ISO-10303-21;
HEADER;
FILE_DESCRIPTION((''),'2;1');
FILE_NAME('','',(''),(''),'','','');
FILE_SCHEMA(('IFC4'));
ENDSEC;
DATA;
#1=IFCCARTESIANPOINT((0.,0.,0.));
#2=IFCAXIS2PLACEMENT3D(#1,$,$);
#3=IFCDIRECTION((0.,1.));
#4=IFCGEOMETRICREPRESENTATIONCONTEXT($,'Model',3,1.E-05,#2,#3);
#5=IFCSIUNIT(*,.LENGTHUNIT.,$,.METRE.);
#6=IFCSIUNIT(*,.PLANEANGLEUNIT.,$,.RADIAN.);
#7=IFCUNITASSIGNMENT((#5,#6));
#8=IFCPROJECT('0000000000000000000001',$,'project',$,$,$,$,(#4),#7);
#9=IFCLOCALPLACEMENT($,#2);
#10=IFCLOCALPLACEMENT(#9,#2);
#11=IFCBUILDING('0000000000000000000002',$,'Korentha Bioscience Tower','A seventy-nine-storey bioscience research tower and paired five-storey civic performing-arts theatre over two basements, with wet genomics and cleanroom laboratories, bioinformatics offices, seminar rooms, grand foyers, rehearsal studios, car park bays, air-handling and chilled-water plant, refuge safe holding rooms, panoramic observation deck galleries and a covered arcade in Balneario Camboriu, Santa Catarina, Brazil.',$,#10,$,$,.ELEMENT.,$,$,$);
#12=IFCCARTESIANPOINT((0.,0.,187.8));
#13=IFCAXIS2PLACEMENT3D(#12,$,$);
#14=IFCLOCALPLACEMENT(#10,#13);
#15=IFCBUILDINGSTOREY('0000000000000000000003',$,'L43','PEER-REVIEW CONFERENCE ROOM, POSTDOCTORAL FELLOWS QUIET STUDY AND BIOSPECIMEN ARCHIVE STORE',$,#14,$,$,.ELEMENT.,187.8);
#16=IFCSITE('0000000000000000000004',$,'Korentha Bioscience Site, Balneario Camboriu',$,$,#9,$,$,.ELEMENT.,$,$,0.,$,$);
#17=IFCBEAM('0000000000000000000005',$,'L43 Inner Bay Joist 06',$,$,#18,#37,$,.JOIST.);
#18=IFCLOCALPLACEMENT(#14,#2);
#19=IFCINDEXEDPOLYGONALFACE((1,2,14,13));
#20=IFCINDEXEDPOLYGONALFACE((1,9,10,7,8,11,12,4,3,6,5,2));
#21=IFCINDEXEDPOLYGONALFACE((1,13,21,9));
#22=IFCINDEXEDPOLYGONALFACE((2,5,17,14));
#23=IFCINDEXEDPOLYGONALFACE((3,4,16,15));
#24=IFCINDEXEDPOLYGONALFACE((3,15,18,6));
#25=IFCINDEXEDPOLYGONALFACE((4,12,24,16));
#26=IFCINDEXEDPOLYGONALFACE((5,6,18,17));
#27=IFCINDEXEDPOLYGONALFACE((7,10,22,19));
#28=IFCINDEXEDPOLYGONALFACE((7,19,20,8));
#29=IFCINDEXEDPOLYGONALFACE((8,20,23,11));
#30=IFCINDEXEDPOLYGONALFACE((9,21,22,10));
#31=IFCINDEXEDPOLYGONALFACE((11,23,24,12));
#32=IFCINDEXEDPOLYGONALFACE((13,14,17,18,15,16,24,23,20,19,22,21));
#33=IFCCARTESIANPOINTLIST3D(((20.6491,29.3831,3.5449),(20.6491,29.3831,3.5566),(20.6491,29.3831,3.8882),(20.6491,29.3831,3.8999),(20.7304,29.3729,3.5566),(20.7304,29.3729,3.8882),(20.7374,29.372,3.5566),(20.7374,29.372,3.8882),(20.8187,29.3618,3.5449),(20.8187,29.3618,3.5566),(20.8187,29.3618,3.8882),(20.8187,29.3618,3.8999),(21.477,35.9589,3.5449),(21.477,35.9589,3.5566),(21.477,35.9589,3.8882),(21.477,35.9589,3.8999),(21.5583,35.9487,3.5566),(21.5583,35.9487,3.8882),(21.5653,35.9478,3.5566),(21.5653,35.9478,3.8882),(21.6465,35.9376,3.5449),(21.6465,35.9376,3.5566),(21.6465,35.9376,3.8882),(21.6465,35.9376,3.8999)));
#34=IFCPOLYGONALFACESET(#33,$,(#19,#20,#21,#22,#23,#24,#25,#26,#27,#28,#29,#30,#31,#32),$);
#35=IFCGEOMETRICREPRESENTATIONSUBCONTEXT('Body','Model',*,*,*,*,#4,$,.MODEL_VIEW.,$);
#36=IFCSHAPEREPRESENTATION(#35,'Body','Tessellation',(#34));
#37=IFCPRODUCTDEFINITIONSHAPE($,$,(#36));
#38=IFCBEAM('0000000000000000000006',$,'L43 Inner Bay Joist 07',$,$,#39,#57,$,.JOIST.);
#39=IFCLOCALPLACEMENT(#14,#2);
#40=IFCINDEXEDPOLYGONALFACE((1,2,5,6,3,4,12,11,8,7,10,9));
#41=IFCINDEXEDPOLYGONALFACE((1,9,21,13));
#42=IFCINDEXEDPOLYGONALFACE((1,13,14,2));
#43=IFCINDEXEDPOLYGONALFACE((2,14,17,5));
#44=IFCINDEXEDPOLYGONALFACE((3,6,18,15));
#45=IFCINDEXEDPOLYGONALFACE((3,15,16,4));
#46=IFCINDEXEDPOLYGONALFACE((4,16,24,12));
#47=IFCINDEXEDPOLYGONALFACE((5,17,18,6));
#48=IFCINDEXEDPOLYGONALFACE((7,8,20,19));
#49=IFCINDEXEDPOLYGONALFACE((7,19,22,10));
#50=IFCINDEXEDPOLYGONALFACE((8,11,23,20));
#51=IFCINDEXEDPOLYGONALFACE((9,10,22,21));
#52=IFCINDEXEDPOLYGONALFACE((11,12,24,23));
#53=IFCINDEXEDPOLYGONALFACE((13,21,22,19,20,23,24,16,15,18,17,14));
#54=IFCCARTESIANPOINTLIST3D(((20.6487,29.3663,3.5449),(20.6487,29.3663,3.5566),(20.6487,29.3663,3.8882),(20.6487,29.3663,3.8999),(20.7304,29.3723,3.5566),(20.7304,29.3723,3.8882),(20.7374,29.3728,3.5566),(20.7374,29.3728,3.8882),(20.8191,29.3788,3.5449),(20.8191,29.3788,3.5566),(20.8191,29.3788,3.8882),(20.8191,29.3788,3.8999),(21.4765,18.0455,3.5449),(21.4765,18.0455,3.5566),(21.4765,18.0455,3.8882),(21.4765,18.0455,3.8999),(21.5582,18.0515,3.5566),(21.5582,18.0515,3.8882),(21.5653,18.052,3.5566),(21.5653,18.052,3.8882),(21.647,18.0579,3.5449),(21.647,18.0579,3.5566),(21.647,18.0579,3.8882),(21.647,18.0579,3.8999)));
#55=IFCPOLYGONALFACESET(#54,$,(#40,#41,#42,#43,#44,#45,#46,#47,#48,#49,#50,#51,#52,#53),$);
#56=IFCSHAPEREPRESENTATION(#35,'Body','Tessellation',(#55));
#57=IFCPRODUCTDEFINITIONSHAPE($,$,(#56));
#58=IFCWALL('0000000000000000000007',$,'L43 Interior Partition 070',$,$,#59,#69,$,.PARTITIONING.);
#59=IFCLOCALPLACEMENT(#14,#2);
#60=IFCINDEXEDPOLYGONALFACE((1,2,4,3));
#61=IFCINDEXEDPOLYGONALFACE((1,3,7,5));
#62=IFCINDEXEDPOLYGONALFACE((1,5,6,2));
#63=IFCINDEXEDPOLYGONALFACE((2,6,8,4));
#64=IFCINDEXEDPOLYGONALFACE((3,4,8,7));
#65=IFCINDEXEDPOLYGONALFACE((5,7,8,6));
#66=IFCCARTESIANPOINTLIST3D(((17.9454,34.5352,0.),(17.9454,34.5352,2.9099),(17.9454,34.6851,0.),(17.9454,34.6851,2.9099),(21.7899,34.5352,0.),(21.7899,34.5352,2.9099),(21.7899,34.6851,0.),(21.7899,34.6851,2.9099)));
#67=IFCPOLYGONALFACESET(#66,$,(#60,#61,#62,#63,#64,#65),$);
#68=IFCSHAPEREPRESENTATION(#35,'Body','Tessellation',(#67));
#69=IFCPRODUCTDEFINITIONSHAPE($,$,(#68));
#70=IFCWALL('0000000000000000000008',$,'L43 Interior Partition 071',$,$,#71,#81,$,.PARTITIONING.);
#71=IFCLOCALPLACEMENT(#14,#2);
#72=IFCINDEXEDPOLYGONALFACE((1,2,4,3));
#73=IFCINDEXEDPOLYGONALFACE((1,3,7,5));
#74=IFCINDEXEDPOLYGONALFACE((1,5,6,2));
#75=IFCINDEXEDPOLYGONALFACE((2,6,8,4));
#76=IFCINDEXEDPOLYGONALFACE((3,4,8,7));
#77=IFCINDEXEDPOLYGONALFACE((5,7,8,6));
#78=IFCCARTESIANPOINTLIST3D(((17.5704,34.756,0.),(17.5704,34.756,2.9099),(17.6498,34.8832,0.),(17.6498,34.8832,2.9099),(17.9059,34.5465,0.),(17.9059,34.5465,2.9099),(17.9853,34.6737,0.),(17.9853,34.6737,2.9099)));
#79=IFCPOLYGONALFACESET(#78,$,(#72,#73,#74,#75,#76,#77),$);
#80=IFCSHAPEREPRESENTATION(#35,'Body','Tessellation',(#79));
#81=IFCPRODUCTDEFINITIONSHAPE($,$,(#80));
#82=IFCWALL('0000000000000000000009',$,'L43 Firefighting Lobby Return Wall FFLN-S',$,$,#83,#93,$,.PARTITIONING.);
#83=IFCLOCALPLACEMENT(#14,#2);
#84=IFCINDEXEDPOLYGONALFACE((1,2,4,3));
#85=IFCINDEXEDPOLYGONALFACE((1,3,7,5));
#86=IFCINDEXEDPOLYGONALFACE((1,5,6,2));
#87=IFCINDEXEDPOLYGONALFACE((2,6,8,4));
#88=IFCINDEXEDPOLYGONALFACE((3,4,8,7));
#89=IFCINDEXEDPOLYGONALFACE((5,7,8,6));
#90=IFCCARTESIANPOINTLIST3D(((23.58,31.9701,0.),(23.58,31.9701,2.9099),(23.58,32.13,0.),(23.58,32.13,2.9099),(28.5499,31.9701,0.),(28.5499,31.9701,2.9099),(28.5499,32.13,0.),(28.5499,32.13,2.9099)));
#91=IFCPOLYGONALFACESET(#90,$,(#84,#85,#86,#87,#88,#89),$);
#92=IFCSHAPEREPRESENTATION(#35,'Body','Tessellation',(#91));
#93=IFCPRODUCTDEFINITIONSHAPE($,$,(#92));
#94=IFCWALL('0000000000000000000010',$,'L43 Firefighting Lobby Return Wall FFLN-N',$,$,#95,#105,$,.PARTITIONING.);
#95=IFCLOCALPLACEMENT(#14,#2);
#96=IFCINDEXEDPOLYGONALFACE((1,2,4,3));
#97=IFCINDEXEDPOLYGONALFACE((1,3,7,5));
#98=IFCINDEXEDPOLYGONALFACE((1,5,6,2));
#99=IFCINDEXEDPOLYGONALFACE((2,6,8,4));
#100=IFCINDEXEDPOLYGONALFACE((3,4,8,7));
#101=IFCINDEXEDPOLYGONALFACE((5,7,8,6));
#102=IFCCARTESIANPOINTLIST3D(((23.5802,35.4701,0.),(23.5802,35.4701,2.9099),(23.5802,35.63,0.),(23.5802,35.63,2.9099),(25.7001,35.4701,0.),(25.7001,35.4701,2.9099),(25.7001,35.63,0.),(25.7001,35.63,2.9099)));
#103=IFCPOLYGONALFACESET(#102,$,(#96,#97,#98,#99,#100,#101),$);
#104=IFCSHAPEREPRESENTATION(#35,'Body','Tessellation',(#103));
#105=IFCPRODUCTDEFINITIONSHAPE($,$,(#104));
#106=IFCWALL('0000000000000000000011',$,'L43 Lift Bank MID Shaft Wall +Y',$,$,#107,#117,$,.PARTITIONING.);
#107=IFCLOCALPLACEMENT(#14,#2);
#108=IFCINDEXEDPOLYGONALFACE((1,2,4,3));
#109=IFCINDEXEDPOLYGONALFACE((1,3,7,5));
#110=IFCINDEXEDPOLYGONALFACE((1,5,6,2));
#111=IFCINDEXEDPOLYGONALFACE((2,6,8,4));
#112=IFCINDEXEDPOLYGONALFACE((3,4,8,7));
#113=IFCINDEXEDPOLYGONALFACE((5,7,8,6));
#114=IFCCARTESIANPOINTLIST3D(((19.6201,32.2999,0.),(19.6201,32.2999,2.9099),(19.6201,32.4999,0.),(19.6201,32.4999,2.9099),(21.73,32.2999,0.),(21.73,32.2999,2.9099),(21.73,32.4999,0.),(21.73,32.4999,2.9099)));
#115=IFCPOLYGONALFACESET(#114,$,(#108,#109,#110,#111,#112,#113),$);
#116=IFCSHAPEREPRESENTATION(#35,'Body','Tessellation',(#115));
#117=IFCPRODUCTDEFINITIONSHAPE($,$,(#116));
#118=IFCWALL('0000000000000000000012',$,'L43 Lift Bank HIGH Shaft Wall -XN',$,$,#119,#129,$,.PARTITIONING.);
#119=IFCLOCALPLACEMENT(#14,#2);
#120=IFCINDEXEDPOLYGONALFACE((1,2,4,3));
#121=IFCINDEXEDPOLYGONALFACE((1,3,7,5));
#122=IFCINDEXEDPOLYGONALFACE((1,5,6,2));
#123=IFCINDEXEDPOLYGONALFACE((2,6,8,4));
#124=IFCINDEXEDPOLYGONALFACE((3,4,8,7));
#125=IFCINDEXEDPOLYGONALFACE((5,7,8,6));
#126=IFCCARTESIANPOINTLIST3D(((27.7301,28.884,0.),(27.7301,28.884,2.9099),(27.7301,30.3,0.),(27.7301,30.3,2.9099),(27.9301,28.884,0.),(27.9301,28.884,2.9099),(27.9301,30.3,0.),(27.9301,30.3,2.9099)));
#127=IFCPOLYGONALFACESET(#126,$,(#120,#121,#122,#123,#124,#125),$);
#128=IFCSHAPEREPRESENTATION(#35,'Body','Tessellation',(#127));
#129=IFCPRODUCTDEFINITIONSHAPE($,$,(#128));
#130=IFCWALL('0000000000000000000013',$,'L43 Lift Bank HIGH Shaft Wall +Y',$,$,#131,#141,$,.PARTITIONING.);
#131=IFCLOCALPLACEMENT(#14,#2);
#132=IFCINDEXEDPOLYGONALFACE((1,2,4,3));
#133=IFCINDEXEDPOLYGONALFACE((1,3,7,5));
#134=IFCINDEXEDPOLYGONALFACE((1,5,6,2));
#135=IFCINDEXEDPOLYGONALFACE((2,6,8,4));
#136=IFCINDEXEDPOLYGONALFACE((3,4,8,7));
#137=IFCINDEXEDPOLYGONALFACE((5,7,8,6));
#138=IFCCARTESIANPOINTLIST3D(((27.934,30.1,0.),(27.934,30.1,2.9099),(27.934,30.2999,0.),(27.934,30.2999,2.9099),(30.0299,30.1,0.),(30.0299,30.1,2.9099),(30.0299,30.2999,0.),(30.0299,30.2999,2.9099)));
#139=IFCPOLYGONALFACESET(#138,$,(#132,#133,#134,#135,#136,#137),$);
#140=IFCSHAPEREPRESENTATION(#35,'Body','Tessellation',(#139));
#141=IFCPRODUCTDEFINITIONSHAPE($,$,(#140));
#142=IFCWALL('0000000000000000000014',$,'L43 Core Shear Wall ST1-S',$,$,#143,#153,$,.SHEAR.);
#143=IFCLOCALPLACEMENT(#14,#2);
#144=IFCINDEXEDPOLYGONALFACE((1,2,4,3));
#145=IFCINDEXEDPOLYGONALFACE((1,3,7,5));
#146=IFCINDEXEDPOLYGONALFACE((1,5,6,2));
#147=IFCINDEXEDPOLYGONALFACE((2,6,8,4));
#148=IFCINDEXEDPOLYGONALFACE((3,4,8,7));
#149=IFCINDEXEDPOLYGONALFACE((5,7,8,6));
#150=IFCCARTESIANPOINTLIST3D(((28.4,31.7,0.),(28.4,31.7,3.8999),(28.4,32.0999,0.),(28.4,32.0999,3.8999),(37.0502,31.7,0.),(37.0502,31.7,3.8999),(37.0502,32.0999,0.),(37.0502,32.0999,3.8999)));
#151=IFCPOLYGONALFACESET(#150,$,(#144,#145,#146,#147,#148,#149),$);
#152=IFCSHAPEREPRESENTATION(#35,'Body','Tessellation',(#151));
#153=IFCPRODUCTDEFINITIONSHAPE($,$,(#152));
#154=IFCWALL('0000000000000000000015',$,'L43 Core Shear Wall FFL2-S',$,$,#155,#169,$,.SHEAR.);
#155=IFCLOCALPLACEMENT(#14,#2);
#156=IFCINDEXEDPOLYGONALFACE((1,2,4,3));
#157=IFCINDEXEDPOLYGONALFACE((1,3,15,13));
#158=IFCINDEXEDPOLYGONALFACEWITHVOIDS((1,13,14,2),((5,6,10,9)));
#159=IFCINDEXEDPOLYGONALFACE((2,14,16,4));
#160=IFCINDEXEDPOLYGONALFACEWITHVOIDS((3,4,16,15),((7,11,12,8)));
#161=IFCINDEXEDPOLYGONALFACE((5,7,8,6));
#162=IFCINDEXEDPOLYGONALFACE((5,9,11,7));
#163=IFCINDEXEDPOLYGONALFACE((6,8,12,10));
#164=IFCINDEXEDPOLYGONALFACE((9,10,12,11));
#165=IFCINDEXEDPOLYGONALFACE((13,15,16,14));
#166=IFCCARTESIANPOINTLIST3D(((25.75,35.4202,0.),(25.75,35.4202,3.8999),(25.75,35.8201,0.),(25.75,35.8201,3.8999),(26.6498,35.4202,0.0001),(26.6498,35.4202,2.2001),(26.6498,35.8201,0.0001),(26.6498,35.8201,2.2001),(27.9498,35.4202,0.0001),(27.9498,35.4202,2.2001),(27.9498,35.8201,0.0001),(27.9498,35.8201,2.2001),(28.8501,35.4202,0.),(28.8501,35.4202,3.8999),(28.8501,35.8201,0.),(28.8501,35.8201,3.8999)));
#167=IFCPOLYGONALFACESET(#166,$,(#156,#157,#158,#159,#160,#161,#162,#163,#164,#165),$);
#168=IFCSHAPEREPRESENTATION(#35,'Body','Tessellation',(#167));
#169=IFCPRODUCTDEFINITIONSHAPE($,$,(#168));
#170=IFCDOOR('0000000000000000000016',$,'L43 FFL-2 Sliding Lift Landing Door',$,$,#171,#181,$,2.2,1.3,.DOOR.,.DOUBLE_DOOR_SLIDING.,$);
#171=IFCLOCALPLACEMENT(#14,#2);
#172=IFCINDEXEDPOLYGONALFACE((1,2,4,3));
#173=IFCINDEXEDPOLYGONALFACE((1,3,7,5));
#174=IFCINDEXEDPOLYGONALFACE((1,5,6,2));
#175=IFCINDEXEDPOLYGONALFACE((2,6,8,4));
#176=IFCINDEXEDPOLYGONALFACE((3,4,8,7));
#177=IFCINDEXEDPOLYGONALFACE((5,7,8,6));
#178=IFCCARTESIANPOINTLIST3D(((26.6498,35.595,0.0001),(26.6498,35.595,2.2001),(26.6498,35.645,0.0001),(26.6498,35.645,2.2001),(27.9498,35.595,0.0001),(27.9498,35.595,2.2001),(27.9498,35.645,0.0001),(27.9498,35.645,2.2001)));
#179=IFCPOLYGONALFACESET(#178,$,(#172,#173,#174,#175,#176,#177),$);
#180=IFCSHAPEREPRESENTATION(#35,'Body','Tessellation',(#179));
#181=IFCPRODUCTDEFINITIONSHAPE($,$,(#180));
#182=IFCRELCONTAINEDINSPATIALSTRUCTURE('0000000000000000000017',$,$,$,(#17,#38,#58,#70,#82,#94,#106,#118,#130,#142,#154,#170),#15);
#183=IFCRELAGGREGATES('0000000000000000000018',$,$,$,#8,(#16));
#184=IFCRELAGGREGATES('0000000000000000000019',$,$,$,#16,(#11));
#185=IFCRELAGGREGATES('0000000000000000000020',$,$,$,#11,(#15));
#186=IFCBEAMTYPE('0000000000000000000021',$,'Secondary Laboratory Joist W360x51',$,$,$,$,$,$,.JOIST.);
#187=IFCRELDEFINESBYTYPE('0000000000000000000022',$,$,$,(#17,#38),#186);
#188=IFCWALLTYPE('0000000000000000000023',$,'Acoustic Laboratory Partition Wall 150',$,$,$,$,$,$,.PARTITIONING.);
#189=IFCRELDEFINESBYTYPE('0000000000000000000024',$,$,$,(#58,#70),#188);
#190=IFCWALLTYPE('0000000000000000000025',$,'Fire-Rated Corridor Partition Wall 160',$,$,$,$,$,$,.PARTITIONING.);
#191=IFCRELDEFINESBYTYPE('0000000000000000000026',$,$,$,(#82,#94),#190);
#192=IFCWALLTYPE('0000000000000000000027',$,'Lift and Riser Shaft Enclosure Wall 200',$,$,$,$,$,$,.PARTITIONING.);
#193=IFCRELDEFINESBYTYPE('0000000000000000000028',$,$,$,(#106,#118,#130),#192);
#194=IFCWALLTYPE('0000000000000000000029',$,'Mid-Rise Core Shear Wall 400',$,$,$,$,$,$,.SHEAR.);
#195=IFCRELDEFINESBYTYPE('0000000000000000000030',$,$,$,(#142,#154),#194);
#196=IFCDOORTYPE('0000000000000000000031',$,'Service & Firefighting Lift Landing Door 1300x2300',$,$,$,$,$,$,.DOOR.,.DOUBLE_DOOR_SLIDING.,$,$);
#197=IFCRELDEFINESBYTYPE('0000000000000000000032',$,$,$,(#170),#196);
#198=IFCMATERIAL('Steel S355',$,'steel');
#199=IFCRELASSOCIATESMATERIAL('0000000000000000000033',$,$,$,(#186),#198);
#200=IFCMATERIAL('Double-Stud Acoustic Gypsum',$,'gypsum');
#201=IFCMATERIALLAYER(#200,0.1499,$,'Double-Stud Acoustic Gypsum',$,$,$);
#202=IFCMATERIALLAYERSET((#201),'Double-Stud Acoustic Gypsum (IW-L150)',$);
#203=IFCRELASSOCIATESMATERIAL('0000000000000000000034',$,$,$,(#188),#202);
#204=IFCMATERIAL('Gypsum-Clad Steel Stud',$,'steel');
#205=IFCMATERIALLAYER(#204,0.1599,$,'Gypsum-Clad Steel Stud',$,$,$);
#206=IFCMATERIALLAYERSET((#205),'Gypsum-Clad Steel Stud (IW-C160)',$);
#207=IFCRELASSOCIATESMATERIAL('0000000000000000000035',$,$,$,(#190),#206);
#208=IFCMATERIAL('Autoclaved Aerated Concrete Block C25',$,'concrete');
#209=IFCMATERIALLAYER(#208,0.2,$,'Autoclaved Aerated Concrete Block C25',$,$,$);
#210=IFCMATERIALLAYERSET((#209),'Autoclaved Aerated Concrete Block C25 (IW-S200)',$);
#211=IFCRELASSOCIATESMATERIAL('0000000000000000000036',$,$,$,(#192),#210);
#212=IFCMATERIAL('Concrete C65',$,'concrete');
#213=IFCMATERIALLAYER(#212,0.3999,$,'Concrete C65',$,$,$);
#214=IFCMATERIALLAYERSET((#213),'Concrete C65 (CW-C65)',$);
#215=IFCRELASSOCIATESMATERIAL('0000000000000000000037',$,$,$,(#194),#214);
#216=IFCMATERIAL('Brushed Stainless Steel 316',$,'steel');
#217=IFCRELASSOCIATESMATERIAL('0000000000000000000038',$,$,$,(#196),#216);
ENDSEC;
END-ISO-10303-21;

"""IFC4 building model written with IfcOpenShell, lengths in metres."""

from ifc_helpers import new_model, si_unit, direction, frame, frame_2d, origin, origin_2d, place, context, subcontext, project, spatial, rectangle, i_section, extrude, material, layer, layer_set, material_profile, profile_set, type_object, element, fill, save


model = new_model("IFC4")

# Units and contexts
model_context = context("Model", 3, precision=1e-05, world=origin(), true_north=direction((0.0, 1.0)))
body_context = subcontext(model_context, "Body", "Model", "MODEL_VIEW")
ifc_project = project(units=[si_unit("LENGTHUNIT", "METRE"), si_unit("PLANEANGLEUNIT", "RADIAN")], contexts=[model_context])

# Site, building, storey
site_placement = place(None, origin())
site = spatial("IfcSite", under=ifc_project, at=site_placement, Name="Korentha Bioscience Site, Balneario Camboriu", CompositionType="ELEMENT", RefElevation=0.0)
building_placement = place(site_placement, origin())
building = spatial("IfcBuilding", under=site, at=building_placement, Name="Korentha Bioscience Tower", Description="A seventy-nine-storey bioscience research tower and paired five-storey civic performing-arts theatre over two basements, with wet genomics and cleanroom laboratories, bioinformatics offices, seminar rooms, grand foyers, rehearsal studios, car park bays, air-handling and chilled-water plant, refuge safe holding rooms, panoramic observation deck galleries and a covered arcade in Balneario Camboriu, Santa Catarina, Brazil.", CompositionType="ELEMENT")
storey_placement = place(building_placement, frame((0.0, 0.0, 187.8)))
storey = spatial("IfcBuildingStorey", under=building, at=storey_placement, Name="L43", Description="PEER-REVIEW CONFERENCE ROOM, POSTDOCTORAL FELLOWS QUIET STUDY AND BIOSPECIMEN ARCHIVE STORE", CompositionType="ELEMENT", Elevation=187.8)

# Shared definitions
ifc_material_1 = material(Name="Concrete C65", Category="concrete")

# Beams
ifc_material_2 = material(Name="Steel S355", Category="steel")
ifc_material_profile_1 = material_profile(ifc_material_2, i_section(OverallWidth=0.1709, OverallDepth=0.355, WebThickness=0.0071, FlangeThickness=0.0117, at=origin_2d()), Name="Steel S355")
ifc_profile_set_1 = profile_set([ifc_material_profile_1], Name="Steel S355 (JB-360)")
beam_type_1 = type_object("IfcBeamType", Name="Secondary Laboratory Joist W360x51", PredefinedType="JOIST", material=ifc_profile_set_1)
beam_1_placement = place(storey_placement, frame((21.5618, 35.9482, 3.7224), z_axis=(-0.124914, -0.992168, 0.0), x_axis=(0.992168, -0.124914, 0.0)))
element("IfcBeam", 1, at=beam_1_placement, inside=storey, type_object=beam_type_1, Name="L43 Inner Bay Joist 06", PredefinedType="JOIST", context=body_context, shape_type="SweptSolid", body=[
    extrude(i_section(OverallWidth=0.1709, OverallDepth=0.355, WebThickness=0.0071, FlangeThickness=0.0117, at=origin_2d()), origin(), (0.0, 0.0, 1.0), 6.6277),
])
beam_2_placement = place(storey_placement, frame((20.7339, 29.3726, 3.7224), z_axis=(0.072934, -0.997337, 0.0), x_axis=(0.997337, 0.072934, 0.0)))
element("IfcBeam", 2, at=beam_2_placement, inside=storey, type_object=beam_type_1, Name="L43 Inner Bay Joist 07", PredefinedType="JOIST", context=body_context, shape_type="SweptSolid", body=[
    extrude(i_section(OverallWidth=0.1709, OverallDepth=0.355, WebThickness=0.0071, FlangeThickness=0.0117, at=origin_2d()), origin(), (0.0, 0.0, 1.0), 11.3511),
])

# Walls
ifc_material_3 = material(Name="Double-Stud Acoustic Gypsum", Category="gypsum")
ifc_layer_1 = layer(ifc_material_3, 0.1499, Name="Double-Stud Acoustic Gypsum")
ifc_layer_set_1 = layer_set([ifc_layer_1], Name="Double-Stud Acoustic Gypsum (IW-L150)")
wall_type_1 = type_object("IfcWallType", Name="Acoustic Laboratory Partition Wall 150", PredefinedType="PARTITIONING", material=ifc_layer_set_1)
wall_1_placement = place(storey_placement, frame((21.79, 34.6101, 0.0), z_axis=(0.0, 0.0, 1.0), x_axis=(-1.0, 0.0, 0.0)))
element("IfcWall", 3, at=wall_1_placement, inside=storey, type_object=wall_type_1, Name="L43 Interior Partition 070", PredefinedType="PARTITIONING", context=body_context, shape_type="SweptSolid", body=[
    extrude(rectangle(XDim=3.8445, YDim=0.1499, at=frame_2d((1.9224, 0.0))), origin(), (0.0, 0.0, 1.0), 2.9099),
])
wall_2_placement = place(storey_placement, frame((17.9456, 34.6101, 0.0), z_axis=(0.0, 0.0, 1.0), x_axis=(-0.848206, 0.529666, 0.0)))
element("IfcWall", 4, at=wall_2_placement, inside=storey, type_object=wall_type_1, Name="L43 Interior Partition 071", PredefinedType="PARTITIONING", context=body_context, shape_type="SweptSolid", body=[
    extrude(rectangle(XDim=0.3955, YDim=0.1499, at=frame_2d((0.1978, 0.0))), origin(), (0.0, 0.0, 1.0), 2.9099),
])

# Shared definitions
ifc_material_4 = material(Name="Gypsum-Clad Steel Stud", Category="steel")
ifc_layer_2 = layer(ifc_material_4, 0.1599, Name="Gypsum-Clad Steel Stud")
ifc_layer_set_2 = layer_set([ifc_layer_2], Name="Gypsum-Clad Steel Stud (IW-C160)")
wall_type_2 = type_object("IfcWallType", Name="Fire-Rated Corridor Partition Wall 160", PredefinedType="PARTITIONING", material=ifc_layer_set_2)

# Walls
wall_3_placement = place(storey_placement, frame((23.5801, 32.05, 0.0), z_axis=(0.0, 0.0, 1.0), x_axis=(1.0, 0.0, 0.0)))
element("IfcWall", 5, at=wall_3_placement, inside=storey, type_object=wall_type_2, Name="L43 Firefighting Lobby Return Wall FFLN-S", PredefinedType="PARTITIONING", context=body_context, shape_type="SweptSolid", body=[
    extrude(rectangle(XDim=4.97, YDim=0.1599, at=frame_2d((2.4849, 0.0))), origin(), (0.0, 0.0, 1.0), 2.9099),
])
wall_4_placement = place(storey_placement, frame((23.5801, 35.55, 0.0), z_axis=(0.0, 0.0, 1.0), x_axis=(1.0, 0.0, 0.0)))
element("IfcWall", 6, at=wall_4_placement, inside=storey, type_object=wall_type_2, Name="L43 Firefighting Lobby Return Wall FFLN-N", PredefinedType="PARTITIONING", context=body_context, shape_type="SweptSolid", body=[
    extrude(rectangle(XDim=2.1199, YDim=0.1599, at=frame_2d((1.0601, 0.0))), origin(), (0.0, 0.0, 1.0), 2.9099),
])
ifc_material_5 = material(Name="Autoclaved Aerated Concrete Block C25", Category="concrete")
ifc_layer_3 = layer(ifc_material_5, 0.2, Name="Autoclaved Aerated Concrete Block C25")
ifc_layer_set_3 = layer_set([ifc_layer_3], Name="Autoclaved Aerated Concrete Block C25 (IW-S200)")
wall_type_3 = type_object("IfcWallType", Name="Lift and Riser Shaft Enclosure Wall 200", PredefinedType="PARTITIONING", material=ifc_layer_set_3)
wall_5_placement = place(storey_placement, frame((19.6201, 32.3999, 0.0), z_axis=(0.0, 0.0, 1.0), x_axis=(1.0, 0.0, 0.0)))
element("IfcWall", 7, at=wall_5_placement, inside=storey, type_object=wall_type_3, Name="L43 Lift Bank MID Shaft Wall +Y", PredefinedType="PARTITIONING", context=body_context, shape_type="SweptSolid", body=[
    extrude(rectangle(XDim=2.1099, YDim=0.2, at=frame_2d((1.0549, 0.0))), origin(), (0.0, 0.0, 1.0), 2.9099),
])
wall_6_placement = place(storey_placement, frame((27.8301, 28.884, 0.0), z_axis=(0.0, 0.0, 1.0), x_axis=(0.0, 1.0, 0.0)))
element("IfcWall", 8, at=wall_6_placement, inside=storey, type_object=wall_type_3, Name="L43 Lift Bank HIGH Shaft Wall -XN", PredefinedType="PARTITIONING", context=body_context, shape_type="SweptSolid", body=[
    extrude(rectangle(XDim=1.416, YDim=0.2, at=frame_2d((0.708, 0.0))), origin(), (0.0, 0.0, 1.0), 2.9099),
])
wall_7_placement = place(storey_placement, frame((27.9341, 30.2, 0.0), z_axis=(0.0, 0.0, 1.0), x_axis=(1.0, 0.0, 0.0)))
element("IfcWall", 9, at=wall_7_placement, inside=storey, type_object=wall_type_3, Name="L43 Lift Bank HIGH Shaft Wall +Y", PredefinedType="PARTITIONING", context=body_context, shape_type="SweptSolid", body=[
    extrude(rectangle(XDim=2.0959, YDim=0.2, at=frame_2d((1.0479, 0.0))), origin(), (0.0, 0.0, 1.0), 2.9099),
])
ifc_layer_4 = layer(ifc_material_1, 0.3999, Name="Concrete C65")
ifc_layer_set_4 = layer_set([ifc_layer_4], Name="Concrete C65 (CW-C65)")
wall_type_4 = type_object("IfcWallType", Name="Mid-Rise Core Shear Wall 400", PredefinedType="SHEAR", material=ifc_layer_set_4)
wall_8_placement = place(storey_placement, frame((28.3999, 31.8999, 0.0), z_axis=(0.0, 0.0, 1.0), x_axis=(1.0, 0.0, 0.0)))
element("IfcWall", 10, at=wall_8_placement, inside=storey, type_object=wall_type_4, Name="L43 Core Shear Wall ST1-S", PredefinedType="SHEAR", context=body_context, shape_type="SweptSolid", body=[
    extrude(rectangle(XDim=8.6501, YDim=0.3999, at=frame_2d((4.3252, 0.0))), origin(), (0.0, 0.0, 1.0), 3.8999),
])

# Wall, opening, door
wall_9_placement = place(storey_placement, frame((25.75, 35.6201, 0.0), z_axis=(0.0, 0.0, 1.0), x_axis=(1.0, 0.0, 0.0)))
wall_9 = element("IfcWall", 11, at=wall_9_placement, inside=storey, type_object=wall_type_4, Name="L43 Core Shear Wall FFL2-S", PredefinedType="SHEAR", context=body_context, shape_type="SweptSolid", body=[
    extrude(rectangle(XDim=3.1001, YDim=0.3999, at=frame_2d((1.55, 0.0))), origin(), (0.0, 0.0, 1.0), 3.8999),
])
opening_1_placement = place(wall_9_placement, frame((0.8999, 0.0, 0.0)))
opening_1 = element("IfcOpeningElement", 12, at=opening_1_placement, cuts=wall_9, PredefinedType="OPENING", context=body_context, shape_type="SweptSolid", body=[
    extrude(rectangle(XDim=1.3, YDim=2.2, at=frame_2d((0.6499, 1.1001))), frame((0.0, 0.2148, 0.0), z_axis=(0.0, -1.0, 0.0), x_axis=(1.0, 0.0, 0.0)), (0.0, 0.0, 1.0), 0.4297),
])
ifc_material_6 = material(Name="Brushed Stainless Steel 316", Category="steel")
door_type_1 = type_object("IfcDoorType", Name="Service & Firefighting Lift Landing Door 1300x2300", OperationType="DOUBLE_DOOR_SLIDING", PredefinedType="DOOR", material=ifc_material_6)
door_1_placement = place(opening_1_placement, origin())
door_1 = element("IfcDoor", 13, at=door_1_placement, inside=storey, type_object=door_type_1, Name="L43 FFL-2 Sliding Lift Landing Door", OperationType="DOUBLE_DOOR_SLIDING", OverallHeight=2.2, OverallWidth=1.3, PredefinedType="DOOR", context=body_context, shape_type="SweptSolid", body=[
    extrude(rectangle(XDim=1.3, YDim=2.2, at=frame_2d((0.6499, 1.1001))), frame((0.0, 0.0249, 0.0), z_axis=(0.0, -1.0, 0.0), x_axis=(1.0, 0.0, 0.0)), (0.0, 0.0, 1.0), 0.05),
])
fill(opening_1, door_1)

save(model, "model.ifc")
